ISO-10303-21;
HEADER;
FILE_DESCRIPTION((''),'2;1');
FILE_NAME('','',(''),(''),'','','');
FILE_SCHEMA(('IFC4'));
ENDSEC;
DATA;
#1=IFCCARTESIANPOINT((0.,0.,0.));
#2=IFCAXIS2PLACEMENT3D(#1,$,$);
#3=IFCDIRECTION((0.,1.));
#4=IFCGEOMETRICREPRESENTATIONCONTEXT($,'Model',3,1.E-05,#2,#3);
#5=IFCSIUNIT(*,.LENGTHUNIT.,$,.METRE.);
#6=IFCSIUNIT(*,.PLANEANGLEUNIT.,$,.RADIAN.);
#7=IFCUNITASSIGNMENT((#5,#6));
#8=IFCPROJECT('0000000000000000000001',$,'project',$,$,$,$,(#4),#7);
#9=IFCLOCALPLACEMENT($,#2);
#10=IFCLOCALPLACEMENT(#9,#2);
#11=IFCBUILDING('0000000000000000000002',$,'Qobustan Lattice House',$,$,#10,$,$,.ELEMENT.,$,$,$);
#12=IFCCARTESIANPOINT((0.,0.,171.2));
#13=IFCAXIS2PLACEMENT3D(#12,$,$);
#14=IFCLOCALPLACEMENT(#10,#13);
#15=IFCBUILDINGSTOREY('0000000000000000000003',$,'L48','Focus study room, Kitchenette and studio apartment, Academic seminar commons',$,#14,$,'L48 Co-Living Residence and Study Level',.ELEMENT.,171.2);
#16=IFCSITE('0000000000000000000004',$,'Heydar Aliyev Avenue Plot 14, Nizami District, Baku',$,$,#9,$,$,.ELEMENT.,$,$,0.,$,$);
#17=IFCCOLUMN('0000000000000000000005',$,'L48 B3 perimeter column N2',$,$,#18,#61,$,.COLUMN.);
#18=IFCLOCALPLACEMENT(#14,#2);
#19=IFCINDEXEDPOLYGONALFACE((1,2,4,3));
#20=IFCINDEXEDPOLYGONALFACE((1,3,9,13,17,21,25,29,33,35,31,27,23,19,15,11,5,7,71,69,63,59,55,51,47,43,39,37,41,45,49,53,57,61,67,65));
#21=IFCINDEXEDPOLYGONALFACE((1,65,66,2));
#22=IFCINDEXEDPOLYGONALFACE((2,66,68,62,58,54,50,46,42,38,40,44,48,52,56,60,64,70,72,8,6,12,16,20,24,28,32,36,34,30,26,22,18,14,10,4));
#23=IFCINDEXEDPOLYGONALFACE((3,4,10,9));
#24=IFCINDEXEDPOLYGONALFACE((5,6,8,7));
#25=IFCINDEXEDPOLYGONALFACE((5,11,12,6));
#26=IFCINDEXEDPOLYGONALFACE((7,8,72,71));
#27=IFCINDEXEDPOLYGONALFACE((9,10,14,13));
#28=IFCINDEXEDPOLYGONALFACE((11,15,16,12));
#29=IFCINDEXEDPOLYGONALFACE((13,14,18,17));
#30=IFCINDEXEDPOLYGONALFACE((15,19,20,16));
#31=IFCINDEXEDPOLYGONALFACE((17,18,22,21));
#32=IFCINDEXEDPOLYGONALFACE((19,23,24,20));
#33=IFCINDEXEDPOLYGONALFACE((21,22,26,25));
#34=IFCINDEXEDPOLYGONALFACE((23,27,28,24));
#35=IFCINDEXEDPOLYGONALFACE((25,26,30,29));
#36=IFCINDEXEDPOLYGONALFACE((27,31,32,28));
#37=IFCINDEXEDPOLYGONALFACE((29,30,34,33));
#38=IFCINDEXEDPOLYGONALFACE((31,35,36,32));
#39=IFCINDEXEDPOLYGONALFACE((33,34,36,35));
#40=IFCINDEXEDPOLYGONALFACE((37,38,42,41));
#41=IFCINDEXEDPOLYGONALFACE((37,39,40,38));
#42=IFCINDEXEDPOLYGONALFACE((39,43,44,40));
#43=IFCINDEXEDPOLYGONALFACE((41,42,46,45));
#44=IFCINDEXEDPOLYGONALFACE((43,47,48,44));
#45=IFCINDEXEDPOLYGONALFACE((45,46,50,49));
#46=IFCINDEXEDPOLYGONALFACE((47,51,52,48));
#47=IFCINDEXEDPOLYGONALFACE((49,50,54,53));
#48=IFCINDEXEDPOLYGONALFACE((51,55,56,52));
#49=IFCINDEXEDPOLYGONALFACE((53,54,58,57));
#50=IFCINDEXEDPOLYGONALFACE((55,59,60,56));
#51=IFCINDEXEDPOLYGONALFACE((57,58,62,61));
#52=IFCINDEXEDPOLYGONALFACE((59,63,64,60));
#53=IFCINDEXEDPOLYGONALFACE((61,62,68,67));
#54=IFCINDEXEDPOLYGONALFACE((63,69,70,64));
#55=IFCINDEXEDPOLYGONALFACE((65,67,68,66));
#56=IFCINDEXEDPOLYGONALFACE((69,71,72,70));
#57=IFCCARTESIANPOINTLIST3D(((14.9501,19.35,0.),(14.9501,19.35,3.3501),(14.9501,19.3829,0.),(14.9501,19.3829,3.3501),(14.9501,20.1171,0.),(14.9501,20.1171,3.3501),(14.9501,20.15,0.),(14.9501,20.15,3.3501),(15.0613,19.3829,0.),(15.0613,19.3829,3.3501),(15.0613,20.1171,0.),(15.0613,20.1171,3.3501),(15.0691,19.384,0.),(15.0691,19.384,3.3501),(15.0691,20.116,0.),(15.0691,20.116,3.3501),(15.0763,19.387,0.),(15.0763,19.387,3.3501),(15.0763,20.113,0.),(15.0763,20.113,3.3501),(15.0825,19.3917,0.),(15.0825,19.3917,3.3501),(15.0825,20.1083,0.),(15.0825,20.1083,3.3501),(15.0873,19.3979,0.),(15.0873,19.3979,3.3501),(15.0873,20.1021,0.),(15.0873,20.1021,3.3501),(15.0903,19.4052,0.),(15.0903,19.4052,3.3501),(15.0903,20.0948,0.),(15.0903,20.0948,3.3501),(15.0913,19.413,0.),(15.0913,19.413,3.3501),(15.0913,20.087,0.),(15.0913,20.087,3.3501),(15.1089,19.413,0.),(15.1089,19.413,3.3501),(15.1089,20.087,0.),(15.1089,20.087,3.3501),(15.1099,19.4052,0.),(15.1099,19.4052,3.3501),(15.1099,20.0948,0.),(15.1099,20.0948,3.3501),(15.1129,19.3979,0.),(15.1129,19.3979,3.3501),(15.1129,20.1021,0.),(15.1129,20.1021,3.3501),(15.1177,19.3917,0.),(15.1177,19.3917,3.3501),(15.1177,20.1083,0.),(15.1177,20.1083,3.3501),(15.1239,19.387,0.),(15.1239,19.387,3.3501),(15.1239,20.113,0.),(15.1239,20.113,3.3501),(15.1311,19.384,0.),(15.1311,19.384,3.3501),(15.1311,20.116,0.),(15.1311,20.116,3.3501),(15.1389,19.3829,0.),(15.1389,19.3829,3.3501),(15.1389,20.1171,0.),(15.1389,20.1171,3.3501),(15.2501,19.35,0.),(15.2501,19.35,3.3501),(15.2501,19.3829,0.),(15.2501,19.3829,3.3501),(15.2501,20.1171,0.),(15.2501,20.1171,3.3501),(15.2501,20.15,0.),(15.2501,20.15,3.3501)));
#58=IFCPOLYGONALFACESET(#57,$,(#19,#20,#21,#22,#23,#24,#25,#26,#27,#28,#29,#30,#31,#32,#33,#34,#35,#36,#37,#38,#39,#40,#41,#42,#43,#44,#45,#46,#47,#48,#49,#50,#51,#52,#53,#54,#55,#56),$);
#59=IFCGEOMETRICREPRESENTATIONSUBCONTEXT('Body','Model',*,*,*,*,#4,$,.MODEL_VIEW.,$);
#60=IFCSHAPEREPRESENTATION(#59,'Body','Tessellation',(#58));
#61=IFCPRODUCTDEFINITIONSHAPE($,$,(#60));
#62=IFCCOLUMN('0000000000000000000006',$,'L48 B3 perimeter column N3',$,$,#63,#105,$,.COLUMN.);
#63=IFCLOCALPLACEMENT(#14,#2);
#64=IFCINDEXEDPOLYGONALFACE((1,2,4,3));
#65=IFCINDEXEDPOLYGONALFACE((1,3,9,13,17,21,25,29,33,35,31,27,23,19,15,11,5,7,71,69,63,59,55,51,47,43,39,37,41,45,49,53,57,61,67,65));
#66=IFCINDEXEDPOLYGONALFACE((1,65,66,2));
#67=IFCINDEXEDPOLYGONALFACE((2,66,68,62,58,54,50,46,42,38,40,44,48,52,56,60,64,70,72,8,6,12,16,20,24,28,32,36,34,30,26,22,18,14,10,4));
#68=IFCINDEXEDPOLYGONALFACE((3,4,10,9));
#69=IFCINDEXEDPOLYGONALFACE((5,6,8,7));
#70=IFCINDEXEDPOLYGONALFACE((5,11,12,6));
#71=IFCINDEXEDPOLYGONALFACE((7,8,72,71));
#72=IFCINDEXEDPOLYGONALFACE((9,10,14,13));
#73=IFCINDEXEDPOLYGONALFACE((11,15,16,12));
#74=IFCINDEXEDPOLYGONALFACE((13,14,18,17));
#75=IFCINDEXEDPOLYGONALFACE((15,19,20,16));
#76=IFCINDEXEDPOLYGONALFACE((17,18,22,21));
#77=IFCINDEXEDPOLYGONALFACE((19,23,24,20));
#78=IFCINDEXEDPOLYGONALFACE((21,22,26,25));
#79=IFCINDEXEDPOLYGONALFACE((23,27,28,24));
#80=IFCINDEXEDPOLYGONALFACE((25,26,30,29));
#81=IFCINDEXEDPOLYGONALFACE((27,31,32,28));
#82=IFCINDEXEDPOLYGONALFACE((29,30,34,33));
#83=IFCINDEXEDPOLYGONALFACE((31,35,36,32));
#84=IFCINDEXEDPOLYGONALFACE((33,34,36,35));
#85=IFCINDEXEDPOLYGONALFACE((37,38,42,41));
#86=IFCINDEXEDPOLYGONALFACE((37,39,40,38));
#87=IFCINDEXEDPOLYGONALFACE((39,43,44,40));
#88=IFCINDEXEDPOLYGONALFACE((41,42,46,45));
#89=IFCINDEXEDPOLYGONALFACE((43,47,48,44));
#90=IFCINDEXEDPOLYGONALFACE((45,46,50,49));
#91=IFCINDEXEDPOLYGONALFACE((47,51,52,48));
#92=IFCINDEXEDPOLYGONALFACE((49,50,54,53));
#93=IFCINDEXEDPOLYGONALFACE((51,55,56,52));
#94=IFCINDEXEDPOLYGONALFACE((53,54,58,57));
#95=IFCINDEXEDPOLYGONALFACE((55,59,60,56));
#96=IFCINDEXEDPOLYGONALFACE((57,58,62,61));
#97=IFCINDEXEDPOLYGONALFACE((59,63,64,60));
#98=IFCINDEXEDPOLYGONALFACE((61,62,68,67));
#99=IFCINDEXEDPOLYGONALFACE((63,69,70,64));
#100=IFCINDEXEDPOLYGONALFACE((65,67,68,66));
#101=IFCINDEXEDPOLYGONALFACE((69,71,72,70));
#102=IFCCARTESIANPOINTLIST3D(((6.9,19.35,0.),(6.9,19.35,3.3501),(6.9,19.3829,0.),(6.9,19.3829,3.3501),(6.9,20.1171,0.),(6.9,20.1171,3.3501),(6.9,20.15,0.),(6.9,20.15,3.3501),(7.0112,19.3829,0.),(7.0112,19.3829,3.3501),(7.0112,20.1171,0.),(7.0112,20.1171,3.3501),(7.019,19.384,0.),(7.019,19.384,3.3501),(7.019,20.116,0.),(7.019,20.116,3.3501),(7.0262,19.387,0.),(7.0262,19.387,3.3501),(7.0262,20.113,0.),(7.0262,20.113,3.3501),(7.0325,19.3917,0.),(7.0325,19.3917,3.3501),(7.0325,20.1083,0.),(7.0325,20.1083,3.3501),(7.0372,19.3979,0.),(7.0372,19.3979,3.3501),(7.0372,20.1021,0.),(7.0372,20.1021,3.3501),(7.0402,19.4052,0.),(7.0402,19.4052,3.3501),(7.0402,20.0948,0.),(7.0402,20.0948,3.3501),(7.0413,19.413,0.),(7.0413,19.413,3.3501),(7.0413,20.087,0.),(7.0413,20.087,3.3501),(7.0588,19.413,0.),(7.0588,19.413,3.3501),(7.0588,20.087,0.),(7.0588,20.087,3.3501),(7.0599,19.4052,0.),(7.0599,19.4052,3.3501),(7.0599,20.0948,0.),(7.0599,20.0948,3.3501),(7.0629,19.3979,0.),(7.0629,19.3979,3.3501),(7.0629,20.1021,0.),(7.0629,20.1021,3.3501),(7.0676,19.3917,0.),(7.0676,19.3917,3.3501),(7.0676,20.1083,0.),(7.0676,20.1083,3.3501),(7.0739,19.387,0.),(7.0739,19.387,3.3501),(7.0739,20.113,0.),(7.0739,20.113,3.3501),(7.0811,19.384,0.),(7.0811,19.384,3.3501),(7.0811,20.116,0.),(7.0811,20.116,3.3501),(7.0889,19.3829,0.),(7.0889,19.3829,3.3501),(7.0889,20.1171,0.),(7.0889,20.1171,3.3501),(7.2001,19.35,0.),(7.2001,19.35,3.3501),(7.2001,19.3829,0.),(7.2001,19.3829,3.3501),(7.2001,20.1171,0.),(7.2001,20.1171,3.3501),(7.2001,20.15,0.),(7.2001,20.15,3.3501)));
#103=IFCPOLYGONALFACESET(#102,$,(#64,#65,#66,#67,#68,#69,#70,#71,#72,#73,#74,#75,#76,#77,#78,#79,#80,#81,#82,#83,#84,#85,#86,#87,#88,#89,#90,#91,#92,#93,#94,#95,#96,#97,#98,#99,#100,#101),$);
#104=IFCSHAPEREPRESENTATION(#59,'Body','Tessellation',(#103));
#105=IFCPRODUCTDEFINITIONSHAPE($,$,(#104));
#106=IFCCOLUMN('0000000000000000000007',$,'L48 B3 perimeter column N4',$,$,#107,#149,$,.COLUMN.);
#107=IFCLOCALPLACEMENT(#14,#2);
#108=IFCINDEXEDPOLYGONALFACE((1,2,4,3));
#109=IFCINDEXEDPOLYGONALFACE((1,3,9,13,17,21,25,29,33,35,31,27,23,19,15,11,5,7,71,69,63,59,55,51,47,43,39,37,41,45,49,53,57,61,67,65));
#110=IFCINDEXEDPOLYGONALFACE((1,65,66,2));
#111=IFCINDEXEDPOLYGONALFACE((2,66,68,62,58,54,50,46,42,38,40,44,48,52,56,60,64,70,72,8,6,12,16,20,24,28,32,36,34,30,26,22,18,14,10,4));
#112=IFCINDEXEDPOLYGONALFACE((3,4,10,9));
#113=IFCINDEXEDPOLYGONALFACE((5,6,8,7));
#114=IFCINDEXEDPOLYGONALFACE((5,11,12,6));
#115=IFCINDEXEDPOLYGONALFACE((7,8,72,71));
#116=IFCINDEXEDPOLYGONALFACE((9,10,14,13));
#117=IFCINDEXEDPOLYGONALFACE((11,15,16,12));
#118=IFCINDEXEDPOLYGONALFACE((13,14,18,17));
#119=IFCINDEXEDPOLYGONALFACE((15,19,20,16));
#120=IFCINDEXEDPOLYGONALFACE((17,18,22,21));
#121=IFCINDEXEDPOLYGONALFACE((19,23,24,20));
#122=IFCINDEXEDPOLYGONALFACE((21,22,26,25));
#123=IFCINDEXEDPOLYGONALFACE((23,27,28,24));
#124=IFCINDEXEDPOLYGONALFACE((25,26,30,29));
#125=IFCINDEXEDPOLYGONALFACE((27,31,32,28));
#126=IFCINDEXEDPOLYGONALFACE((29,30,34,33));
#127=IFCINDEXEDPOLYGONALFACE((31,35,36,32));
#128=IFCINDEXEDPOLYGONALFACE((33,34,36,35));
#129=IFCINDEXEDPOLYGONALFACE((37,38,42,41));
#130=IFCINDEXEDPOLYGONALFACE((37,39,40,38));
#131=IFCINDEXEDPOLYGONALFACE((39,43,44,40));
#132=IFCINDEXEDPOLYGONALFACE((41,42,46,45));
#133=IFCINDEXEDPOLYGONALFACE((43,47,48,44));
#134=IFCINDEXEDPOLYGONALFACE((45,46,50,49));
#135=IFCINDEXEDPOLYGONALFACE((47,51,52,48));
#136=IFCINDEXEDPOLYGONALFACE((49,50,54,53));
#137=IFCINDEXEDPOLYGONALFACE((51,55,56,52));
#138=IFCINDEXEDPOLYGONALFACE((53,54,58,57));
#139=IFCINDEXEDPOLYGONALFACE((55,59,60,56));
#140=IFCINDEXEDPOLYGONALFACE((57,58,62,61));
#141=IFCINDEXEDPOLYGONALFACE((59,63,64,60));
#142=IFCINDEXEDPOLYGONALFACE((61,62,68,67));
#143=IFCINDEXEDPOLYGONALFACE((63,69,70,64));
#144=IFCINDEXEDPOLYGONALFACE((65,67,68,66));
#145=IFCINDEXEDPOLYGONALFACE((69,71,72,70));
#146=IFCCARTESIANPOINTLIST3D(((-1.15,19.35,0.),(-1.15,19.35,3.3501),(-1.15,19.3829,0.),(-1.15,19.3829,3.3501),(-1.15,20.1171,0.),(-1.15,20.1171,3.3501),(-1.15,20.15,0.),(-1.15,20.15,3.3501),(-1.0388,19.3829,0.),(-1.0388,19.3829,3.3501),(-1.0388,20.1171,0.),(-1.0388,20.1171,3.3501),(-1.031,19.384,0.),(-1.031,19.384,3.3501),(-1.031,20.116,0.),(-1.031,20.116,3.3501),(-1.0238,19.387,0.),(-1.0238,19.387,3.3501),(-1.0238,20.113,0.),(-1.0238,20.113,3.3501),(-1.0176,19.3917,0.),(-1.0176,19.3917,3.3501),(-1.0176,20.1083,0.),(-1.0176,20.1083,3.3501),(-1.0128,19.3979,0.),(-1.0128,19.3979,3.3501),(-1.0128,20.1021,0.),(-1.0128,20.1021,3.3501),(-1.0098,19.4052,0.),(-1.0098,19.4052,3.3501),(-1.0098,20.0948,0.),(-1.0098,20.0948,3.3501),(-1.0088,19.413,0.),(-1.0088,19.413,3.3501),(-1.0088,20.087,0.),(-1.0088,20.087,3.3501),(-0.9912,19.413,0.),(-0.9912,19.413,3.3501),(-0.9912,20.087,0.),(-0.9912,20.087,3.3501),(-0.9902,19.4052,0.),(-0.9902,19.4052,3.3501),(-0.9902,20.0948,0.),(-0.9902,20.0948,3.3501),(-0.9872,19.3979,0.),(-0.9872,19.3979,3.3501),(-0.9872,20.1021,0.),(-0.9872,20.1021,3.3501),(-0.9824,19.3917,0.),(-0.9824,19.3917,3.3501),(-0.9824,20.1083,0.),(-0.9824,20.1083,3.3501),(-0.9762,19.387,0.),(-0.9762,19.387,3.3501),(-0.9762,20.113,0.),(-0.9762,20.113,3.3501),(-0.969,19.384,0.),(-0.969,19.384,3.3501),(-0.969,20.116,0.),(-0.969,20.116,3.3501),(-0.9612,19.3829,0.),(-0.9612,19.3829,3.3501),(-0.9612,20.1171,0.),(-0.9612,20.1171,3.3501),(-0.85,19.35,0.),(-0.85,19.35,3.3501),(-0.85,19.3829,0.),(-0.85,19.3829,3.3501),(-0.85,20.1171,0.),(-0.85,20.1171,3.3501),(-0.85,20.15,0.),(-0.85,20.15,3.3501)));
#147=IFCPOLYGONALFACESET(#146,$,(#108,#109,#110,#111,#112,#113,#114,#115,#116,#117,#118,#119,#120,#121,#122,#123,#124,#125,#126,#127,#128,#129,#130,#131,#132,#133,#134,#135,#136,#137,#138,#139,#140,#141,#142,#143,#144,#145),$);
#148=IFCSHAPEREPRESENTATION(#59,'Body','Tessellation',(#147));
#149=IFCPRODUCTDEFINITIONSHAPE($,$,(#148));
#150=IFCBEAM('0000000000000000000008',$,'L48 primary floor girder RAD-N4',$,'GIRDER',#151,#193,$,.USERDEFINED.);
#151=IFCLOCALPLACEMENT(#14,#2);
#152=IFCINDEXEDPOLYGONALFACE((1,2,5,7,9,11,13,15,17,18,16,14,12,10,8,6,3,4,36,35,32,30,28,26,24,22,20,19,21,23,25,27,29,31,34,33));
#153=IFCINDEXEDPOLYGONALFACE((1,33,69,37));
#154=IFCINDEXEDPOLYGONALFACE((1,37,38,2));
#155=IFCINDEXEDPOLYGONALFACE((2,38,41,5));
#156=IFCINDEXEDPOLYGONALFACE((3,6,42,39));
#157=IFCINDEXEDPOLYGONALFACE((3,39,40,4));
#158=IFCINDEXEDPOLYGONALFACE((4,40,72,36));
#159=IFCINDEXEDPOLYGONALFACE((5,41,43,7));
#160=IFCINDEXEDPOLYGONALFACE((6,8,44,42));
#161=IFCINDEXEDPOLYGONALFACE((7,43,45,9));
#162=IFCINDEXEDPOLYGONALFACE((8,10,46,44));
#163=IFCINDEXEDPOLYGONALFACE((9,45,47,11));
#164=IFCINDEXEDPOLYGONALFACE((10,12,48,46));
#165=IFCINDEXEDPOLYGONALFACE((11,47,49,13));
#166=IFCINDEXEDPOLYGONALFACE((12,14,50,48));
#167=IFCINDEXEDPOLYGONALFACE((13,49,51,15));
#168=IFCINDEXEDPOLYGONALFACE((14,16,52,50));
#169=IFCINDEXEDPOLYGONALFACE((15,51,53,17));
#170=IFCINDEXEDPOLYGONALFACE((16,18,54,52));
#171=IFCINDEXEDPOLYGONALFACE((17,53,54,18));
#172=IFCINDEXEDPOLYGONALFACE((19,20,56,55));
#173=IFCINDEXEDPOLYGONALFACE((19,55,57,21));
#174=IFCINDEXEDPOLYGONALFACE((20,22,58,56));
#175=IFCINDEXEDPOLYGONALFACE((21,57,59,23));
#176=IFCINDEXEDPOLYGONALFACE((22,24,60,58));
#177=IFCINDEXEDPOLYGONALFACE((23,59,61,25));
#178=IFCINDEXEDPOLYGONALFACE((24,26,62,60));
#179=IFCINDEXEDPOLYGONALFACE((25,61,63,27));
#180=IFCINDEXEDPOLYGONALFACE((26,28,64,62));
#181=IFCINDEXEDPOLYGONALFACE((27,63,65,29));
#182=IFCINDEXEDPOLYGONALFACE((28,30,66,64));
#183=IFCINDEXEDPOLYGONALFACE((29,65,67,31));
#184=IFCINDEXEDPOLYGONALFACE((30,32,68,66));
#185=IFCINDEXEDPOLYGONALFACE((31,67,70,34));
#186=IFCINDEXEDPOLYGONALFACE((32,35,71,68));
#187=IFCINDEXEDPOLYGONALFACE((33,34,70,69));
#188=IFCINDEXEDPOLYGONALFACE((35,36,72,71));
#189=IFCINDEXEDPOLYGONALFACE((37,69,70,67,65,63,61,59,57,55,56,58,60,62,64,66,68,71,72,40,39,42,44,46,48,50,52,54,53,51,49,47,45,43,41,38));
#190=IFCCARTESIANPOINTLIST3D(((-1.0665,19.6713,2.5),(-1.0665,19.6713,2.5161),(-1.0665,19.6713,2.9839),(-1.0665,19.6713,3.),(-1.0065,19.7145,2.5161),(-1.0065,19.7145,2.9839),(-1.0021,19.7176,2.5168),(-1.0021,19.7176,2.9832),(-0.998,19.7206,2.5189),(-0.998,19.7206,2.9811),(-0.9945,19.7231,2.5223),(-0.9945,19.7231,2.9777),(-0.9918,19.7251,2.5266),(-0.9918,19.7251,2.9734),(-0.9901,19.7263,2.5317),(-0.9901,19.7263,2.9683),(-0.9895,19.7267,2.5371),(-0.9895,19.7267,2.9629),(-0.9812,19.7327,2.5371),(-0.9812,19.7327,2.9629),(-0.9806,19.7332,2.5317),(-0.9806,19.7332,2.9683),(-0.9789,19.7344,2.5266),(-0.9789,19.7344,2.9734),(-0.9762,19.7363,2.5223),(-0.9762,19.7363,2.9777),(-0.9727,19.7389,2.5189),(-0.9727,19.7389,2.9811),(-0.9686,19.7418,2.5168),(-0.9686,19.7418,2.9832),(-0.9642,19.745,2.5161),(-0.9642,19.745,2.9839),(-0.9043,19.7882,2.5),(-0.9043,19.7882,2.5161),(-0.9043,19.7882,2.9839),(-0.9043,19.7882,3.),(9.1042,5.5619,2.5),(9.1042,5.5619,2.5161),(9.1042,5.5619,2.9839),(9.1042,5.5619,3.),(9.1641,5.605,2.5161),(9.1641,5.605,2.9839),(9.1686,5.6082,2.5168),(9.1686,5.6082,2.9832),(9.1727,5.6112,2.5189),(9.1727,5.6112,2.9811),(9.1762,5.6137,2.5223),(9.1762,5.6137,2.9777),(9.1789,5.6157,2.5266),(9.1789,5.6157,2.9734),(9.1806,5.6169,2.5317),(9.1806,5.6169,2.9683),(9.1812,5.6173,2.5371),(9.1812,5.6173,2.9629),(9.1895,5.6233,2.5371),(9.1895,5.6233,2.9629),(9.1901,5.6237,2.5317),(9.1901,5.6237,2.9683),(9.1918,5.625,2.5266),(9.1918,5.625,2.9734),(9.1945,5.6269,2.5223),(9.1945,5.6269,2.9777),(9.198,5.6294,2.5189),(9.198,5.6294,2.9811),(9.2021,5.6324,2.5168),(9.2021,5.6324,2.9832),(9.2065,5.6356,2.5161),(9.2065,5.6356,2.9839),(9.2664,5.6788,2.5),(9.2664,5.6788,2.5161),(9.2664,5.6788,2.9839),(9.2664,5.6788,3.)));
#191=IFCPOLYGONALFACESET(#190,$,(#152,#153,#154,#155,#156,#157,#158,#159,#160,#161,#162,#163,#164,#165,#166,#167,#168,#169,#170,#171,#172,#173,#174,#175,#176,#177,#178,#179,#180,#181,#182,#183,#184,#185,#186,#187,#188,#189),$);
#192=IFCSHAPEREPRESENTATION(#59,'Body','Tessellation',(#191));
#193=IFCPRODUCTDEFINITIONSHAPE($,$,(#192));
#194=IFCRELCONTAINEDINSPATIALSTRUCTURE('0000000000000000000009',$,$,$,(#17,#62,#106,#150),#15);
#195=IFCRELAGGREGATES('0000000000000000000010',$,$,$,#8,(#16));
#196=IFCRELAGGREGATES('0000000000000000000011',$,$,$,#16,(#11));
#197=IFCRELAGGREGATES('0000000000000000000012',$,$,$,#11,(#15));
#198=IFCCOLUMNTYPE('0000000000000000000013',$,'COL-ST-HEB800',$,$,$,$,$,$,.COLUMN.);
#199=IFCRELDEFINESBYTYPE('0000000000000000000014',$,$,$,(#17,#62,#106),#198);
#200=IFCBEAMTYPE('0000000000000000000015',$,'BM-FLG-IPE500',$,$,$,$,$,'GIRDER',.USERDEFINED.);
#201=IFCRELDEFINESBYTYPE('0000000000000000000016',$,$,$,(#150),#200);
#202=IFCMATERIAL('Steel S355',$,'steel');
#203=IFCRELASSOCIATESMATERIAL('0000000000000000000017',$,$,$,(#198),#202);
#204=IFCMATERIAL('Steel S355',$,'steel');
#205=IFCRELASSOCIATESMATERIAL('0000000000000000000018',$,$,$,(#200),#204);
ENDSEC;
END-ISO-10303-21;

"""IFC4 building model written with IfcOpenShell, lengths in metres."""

from ifc_helpers import new_model, si_unit, direction, frame, origin, origin_2d, place, context, subcontext, project, spatial, i_section, extrude, material, material_profile, profile_set, type_object, element, save


model = new_model("IFC4")

# Units and contexts
model_context = context("Model", 3, precision=1e-05, world=origin(), true_north=direction((0.0, 1.0)))
body_context = subcontext(model_context, "Body", "Model", "MODEL_VIEW")
ifc_project = project(units=[si_unit("LENGTHUNIT", "METRE"), si_unit("PLANEANGLEUNIT", "RADIAN")], contexts=[model_context])

# Site, building, storey
site_placement = place(None, origin())
site = spatial("IfcSite", under=ifc_project, at=site_placement, Name="Heydar Aliyev Avenue Plot 14, Nizami District, Baku", CompositionType="ELEMENT", RefElevation=0.0)
building_placement = place(site_placement, origin())
building = spatial("IfcBuilding", under=site, at=building_placement, Name="Qobustan Lattice House", CompositionType="ELEMENT")
storey_placement = place(building_placement, frame((0.0, 0.0, 171.2)))
storey = spatial("IfcBuildingStorey", under=building, at=storey_placement, Name="L48", Description="Focus study room, Kitchenette and studio apartment, Academic seminar commons", LongName="L48 Co-Living Residence and Study Level", CompositionType="ELEMENT", Elevation=171.2)

# Columns
ifc_material_1 = material(Name="Steel S355", Category="steel")
ifc_material_profile_1 = material_profile(ifc_material_1, i_section(OverallWidth=0.3, OverallDepth=0.8, WebThickness=0.0176, FlangeThickness=0.033, FilletRadius=0.03, at=origin_2d()), Name="HEB800")
ifc_profile_set_1 = profile_set([ifc_material_profile_1], Name="Steel S355")
column_type = type_object("IfcColumnType", Name="COL-ST-HEB800", PredefinedType="COLUMN", material=ifc_profile_set_1)
for number, where, z_axis, x_axis, name in (
    (1, (15.1001, 19.75, 0.0), (0.0, 0.0, 1.0), (1.0, 0.0, 0.0), "L48 B3 perimeter column N2"),
    (2, (7.05, 19.75, 0.0), (0.0, 0.0, 1.0), (1.0, 0.0, 0.0), "L48 B3 perimeter column N3"),
    (3, (-1.0, 19.75, 0.0), (0.0, 0.0, 1.0), (1.0, 0.0, 0.0), "L48 B3 perimeter column N4"),
):
    element("IfcColumn", number, at=place(storey_placement, frame(where, z_axis=z_axis, x_axis=x_axis)), inside=storey, type_object=column_type, Name=name, PredefinedType="COLUMN", context=body_context, shape_type="SweptSolid", body=[
        extrude(i_section(OverallWidth=0.3, OverallDepth=0.8, WebThickness=0.0176, FlangeThickness=0.033, FilletRadius=0.03, at=origin_2d()), origin(), (0.0, 0.0, 1.0), 3.3501),
    ])

# Beam
ifc_material_2 = material(Name="Steel S355", Category="steel")
ifc_material_profile_2 = material_profile(ifc_material_2, i_section(OverallWidth=0.2, OverallDepth=0.5, WebThickness=0.0103, FlangeThickness=0.0161, FilletRadius=0.021, at=origin_2d()), Name="IPE500")
ifc_profile_set_2 = profile_set([ifc_material_profile_2], Name="Steel S355")
beam_type_1 = type_object("IfcBeamType", Name="BM-FLG-IPE500", ElementType="GIRDER", PredefinedType="USERDEFINED", material=ifc_profile_set_2)
beam_1_placement = place(storey_placement, frame((-0.9854, 19.7297, 2.75), z_axis=(0.584755, -0.81121, 0.0), x_axis=(0.81121, 0.584755, 0.0)))
element("IfcBeam", 4, at=beam_1_placement, inside=storey, type_object=beam_type_1, Name="L48 primary floor girder RAD-N4", ObjectType="GIRDER", PredefinedType="USERDEFINED", context=body_context, shape_type="SweptSolid", body=[
    extrude(i_section(OverallWidth=0.2, OverallDepth=0.5, WebThickness=0.0103, FlangeThickness=0.0161, FilletRadius=0.021, at=origin_2d()), origin(), (0.0, 0.0, 1.0), 17.3931),
])

save(model, "model.ifc")
